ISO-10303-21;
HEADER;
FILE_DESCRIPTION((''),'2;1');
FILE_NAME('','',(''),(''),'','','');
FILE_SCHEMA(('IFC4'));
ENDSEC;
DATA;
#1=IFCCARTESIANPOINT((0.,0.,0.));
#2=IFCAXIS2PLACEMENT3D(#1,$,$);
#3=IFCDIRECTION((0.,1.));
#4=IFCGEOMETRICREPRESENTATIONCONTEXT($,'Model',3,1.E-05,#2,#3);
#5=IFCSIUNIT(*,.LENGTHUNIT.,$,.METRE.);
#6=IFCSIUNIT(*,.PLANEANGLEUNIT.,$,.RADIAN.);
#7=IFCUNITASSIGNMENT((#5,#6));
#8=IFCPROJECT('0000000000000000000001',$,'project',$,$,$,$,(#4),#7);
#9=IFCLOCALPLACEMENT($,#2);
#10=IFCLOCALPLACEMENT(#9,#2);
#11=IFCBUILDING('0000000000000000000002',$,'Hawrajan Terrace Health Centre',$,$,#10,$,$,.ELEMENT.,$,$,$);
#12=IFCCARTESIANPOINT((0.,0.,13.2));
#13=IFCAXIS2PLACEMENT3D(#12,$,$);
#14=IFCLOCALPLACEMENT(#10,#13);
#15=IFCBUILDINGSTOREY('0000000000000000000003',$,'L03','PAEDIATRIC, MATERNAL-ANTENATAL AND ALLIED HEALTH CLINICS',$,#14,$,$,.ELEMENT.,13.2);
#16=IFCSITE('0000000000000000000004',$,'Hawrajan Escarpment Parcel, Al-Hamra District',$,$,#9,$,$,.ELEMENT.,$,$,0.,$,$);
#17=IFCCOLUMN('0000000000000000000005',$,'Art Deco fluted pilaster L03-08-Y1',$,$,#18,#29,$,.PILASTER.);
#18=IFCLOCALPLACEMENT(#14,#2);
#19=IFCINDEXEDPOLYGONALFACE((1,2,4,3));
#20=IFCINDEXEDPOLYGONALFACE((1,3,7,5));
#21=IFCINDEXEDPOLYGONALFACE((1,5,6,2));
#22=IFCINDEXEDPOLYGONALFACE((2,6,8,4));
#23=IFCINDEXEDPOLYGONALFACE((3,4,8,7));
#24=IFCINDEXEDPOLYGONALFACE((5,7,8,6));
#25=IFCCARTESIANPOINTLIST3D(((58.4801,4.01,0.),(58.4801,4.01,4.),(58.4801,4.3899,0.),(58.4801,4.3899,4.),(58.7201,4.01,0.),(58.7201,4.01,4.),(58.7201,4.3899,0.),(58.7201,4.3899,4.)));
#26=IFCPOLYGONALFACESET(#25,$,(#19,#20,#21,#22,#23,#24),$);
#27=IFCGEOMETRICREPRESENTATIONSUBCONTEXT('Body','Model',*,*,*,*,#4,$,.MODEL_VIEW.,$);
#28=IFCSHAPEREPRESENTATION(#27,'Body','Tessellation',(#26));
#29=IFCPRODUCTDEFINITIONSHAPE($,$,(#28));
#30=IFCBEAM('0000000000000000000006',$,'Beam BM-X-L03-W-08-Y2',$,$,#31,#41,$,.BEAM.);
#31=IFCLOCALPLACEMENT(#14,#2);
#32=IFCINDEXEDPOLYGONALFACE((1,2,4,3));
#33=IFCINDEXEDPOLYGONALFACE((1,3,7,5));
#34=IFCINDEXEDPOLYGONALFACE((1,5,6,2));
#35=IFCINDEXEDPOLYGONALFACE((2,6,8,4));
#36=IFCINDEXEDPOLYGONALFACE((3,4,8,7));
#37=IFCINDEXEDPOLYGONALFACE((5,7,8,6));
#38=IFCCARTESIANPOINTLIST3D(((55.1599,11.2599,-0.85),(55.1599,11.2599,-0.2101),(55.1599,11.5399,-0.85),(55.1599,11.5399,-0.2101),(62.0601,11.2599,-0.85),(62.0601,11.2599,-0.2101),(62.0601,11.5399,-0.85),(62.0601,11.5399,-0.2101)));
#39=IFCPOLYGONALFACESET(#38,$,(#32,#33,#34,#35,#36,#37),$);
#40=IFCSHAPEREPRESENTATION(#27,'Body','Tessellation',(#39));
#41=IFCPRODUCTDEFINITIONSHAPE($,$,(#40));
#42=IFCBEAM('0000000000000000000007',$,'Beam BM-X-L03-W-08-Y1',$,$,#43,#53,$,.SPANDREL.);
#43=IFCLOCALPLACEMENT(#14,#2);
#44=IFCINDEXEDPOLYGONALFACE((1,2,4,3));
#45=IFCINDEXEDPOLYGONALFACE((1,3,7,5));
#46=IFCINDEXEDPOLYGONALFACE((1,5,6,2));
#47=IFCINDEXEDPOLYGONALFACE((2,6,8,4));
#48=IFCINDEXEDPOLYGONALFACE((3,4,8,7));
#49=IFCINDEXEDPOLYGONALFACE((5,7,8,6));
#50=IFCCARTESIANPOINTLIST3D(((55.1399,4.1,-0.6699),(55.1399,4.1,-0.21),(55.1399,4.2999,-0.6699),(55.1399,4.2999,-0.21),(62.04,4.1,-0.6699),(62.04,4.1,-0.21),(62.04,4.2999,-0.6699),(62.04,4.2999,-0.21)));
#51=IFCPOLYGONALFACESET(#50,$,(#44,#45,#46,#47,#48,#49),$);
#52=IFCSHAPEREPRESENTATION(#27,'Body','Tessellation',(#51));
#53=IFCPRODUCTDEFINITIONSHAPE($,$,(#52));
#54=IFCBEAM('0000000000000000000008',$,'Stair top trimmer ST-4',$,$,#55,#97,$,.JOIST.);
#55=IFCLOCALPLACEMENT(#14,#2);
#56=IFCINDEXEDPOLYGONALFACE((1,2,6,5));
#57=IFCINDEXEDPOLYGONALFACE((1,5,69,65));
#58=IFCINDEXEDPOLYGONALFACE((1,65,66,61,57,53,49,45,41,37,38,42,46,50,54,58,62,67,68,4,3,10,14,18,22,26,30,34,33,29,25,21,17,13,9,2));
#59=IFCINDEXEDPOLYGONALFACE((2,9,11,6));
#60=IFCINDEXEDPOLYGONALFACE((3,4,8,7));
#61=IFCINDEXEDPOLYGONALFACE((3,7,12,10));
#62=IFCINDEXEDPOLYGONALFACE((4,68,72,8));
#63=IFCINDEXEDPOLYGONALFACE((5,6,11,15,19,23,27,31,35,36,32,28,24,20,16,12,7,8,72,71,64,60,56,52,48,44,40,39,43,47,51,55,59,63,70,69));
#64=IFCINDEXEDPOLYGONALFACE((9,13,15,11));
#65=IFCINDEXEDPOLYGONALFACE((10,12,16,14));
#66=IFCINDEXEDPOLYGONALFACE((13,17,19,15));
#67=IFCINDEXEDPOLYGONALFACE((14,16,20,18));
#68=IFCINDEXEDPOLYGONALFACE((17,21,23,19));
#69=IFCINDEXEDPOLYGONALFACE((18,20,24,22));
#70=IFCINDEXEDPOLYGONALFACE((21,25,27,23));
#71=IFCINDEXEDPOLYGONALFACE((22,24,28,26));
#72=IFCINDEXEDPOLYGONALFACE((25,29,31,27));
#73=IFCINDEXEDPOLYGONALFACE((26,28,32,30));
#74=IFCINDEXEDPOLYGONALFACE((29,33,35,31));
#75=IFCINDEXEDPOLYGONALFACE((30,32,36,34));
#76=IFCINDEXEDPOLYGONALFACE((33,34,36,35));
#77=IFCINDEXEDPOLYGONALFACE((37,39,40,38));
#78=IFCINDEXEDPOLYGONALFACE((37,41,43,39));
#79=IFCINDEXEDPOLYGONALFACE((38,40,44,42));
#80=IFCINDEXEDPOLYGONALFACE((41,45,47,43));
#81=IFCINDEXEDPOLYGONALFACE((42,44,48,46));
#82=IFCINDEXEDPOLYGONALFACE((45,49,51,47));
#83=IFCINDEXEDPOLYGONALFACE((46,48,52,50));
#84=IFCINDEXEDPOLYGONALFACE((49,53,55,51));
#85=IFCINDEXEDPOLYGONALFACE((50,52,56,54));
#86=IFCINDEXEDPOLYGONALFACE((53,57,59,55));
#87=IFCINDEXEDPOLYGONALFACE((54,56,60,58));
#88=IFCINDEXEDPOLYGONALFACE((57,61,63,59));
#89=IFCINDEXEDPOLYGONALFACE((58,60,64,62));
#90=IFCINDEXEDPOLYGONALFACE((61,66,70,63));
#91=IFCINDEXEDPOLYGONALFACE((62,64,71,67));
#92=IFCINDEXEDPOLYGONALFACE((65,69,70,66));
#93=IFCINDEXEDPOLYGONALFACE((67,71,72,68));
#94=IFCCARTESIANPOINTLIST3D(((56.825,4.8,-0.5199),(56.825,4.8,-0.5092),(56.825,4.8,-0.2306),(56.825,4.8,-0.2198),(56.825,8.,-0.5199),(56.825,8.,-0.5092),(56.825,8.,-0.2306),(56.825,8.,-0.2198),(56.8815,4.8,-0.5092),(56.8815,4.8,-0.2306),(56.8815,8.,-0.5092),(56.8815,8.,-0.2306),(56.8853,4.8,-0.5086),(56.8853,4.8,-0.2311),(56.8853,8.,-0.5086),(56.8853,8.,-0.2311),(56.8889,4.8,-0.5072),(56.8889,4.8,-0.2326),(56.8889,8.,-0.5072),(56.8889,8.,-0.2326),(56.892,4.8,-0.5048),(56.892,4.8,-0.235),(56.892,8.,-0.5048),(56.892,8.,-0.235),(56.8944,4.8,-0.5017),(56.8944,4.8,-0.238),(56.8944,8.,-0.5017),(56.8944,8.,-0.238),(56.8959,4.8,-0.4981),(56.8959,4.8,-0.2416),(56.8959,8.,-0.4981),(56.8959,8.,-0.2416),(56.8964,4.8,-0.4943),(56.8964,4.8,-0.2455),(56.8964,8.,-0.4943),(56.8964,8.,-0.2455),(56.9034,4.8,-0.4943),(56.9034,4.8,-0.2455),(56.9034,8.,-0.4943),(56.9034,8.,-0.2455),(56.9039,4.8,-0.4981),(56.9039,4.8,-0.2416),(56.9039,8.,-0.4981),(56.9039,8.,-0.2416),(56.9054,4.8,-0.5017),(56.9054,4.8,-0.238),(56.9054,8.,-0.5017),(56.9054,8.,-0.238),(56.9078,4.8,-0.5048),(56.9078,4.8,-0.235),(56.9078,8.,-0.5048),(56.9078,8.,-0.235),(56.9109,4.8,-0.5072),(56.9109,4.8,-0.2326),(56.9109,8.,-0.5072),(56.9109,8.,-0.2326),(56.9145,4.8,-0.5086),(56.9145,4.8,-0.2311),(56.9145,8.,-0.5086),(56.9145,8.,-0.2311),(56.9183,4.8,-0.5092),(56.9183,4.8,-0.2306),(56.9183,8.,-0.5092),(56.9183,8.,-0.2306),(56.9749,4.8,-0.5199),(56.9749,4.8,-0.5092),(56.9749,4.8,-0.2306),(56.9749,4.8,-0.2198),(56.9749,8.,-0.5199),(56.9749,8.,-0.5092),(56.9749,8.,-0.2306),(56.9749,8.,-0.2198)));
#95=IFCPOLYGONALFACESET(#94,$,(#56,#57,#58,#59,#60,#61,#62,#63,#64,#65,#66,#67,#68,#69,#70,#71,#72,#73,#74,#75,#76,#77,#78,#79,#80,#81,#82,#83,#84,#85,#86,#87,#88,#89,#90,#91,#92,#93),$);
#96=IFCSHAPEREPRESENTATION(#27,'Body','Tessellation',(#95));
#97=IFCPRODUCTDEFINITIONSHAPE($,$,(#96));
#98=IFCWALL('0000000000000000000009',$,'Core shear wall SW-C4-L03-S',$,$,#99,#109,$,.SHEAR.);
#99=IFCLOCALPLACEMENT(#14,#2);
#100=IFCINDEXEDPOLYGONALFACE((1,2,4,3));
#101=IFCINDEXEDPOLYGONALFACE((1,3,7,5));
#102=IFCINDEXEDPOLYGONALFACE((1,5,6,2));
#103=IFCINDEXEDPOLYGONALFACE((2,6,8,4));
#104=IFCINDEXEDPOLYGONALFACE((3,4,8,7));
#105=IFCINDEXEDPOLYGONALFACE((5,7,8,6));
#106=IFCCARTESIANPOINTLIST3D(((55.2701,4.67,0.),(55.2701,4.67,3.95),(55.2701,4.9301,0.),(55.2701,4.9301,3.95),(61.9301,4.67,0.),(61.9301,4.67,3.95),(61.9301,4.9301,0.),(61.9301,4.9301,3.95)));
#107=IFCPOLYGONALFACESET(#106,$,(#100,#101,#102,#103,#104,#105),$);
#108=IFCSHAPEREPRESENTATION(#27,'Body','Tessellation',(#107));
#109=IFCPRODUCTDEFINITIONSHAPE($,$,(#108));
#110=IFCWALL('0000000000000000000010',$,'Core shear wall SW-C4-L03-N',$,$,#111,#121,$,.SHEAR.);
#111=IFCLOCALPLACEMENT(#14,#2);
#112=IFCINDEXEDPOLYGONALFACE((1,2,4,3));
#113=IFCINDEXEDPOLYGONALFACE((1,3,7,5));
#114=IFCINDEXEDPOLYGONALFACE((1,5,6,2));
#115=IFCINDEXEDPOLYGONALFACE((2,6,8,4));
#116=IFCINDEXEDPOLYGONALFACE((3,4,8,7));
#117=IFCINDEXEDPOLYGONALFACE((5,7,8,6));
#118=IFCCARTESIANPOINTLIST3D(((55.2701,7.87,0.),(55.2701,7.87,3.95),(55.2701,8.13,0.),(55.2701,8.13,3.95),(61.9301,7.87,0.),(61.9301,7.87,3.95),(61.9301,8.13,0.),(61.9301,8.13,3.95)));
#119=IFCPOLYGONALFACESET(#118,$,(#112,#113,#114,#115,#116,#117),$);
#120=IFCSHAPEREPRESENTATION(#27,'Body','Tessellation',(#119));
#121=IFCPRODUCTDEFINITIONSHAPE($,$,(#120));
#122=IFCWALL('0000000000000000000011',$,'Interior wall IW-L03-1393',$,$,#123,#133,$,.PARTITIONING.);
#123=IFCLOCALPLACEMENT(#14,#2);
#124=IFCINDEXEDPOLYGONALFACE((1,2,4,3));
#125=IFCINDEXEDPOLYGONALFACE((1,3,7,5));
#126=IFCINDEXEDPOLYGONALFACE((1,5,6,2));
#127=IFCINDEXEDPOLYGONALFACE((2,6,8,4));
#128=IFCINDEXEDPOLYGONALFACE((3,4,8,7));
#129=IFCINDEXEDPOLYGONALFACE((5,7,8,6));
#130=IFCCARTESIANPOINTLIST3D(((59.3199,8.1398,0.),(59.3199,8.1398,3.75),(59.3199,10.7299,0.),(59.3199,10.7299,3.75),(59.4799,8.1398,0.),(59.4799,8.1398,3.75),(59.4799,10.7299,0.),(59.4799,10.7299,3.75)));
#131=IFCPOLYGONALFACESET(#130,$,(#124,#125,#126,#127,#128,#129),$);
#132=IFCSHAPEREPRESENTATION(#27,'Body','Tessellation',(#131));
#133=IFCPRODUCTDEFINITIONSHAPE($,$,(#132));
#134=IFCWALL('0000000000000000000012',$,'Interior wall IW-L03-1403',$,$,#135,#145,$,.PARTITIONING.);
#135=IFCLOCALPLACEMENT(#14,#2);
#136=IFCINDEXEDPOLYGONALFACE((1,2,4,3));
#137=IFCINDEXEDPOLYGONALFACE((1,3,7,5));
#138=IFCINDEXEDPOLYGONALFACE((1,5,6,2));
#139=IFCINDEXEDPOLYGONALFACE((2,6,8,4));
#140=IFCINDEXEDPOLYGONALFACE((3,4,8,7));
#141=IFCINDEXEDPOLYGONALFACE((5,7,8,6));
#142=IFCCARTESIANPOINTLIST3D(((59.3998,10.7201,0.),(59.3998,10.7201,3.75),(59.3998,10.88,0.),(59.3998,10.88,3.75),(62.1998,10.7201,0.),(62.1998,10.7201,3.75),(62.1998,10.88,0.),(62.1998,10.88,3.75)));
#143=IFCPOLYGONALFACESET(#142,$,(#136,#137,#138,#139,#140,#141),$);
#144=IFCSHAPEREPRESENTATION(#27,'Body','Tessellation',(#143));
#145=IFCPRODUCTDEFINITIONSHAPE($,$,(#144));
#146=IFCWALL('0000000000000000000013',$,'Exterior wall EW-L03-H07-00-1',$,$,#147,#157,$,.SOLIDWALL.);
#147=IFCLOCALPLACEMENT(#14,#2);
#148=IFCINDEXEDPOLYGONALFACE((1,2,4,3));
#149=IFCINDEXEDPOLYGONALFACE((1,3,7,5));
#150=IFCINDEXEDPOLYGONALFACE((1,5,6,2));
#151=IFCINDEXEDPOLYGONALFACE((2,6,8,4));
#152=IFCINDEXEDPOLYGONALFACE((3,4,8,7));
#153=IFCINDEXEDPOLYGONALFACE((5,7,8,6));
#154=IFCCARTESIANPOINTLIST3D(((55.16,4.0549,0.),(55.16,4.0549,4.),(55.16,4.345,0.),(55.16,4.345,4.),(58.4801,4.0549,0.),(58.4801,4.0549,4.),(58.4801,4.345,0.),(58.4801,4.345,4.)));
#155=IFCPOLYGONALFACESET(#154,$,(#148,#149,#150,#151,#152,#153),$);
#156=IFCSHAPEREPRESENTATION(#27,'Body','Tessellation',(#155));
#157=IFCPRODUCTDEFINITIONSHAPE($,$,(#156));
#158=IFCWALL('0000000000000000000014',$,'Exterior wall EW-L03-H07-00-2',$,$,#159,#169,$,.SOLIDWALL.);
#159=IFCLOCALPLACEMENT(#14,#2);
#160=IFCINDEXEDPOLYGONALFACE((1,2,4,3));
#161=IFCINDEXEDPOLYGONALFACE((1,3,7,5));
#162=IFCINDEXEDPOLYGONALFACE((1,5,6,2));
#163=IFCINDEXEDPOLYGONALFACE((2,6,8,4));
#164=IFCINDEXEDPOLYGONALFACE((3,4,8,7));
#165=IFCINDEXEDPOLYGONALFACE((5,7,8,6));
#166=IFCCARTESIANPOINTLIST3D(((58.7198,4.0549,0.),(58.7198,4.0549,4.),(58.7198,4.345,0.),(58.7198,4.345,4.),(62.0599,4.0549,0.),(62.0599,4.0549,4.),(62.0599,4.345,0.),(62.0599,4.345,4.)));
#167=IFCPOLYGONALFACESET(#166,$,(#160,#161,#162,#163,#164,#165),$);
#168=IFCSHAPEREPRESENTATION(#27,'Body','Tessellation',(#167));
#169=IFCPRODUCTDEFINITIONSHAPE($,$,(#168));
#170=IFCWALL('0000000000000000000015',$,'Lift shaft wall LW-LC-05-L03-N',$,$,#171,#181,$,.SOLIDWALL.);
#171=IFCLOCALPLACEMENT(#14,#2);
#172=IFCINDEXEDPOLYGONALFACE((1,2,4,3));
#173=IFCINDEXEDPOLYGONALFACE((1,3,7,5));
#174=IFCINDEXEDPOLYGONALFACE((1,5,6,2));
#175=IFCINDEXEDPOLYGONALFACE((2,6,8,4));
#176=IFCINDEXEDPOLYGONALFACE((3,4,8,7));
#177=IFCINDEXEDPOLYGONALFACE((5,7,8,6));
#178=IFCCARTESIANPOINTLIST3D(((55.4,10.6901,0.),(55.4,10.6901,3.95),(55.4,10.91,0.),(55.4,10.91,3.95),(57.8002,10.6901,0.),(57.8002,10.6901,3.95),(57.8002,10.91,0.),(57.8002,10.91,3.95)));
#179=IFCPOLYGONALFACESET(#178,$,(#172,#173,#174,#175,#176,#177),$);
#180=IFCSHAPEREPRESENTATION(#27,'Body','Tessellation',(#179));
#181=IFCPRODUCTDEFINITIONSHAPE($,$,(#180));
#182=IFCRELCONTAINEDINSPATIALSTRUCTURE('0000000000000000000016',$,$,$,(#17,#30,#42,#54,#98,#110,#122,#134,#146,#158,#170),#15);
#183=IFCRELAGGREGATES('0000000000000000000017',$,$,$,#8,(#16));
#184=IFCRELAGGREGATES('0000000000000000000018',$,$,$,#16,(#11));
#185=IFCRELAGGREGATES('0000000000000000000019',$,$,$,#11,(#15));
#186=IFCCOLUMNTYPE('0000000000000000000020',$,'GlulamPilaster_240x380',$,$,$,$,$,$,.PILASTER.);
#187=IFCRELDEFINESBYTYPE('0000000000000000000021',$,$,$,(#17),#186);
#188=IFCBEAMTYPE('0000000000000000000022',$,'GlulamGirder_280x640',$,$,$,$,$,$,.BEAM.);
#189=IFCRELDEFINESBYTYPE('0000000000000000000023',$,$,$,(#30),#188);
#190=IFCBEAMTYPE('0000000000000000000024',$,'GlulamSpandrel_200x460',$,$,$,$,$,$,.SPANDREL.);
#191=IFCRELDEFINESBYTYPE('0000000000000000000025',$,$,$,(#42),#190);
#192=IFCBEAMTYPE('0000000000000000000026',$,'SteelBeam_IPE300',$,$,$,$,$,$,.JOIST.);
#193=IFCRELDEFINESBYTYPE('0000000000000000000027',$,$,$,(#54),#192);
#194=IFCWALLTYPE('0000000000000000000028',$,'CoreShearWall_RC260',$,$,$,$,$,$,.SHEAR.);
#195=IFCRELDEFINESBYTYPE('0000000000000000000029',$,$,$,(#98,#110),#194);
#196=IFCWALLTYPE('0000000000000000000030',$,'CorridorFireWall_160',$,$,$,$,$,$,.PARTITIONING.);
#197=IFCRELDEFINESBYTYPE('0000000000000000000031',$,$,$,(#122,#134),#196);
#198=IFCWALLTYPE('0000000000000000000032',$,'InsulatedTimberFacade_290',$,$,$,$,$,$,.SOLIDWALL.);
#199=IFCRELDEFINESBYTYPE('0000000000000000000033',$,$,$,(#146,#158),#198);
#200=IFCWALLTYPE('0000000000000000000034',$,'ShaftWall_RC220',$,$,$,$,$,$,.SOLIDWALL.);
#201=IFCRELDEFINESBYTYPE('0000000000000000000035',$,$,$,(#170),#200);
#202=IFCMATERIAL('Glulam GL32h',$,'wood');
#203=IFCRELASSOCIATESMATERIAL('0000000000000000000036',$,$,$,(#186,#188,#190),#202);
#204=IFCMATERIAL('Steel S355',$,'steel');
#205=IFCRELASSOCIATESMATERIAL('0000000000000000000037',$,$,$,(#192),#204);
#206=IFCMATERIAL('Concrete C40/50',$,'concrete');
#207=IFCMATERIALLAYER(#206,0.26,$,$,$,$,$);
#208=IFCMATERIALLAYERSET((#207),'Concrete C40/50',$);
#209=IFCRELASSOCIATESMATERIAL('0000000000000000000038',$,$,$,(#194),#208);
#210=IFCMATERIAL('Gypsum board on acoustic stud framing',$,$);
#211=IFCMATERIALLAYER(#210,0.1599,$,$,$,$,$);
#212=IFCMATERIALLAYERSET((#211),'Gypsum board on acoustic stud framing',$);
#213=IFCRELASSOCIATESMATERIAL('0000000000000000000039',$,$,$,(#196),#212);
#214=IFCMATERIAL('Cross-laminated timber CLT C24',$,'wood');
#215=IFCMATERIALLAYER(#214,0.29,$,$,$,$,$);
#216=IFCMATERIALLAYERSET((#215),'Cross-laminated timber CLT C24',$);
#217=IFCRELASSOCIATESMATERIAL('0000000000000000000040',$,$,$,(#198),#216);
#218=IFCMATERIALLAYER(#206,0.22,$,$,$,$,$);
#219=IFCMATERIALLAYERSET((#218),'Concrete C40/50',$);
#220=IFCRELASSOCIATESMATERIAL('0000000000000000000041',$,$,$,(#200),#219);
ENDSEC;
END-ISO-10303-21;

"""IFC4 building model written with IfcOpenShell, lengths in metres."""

from ifc_helpers import new_model, si_unit, direction, frame, frame_2d, origin, origin_2d, place, context, subcontext, project, spatial, rectangle, i_section, extrude, material, layer, layer_set, material_profile, profile_set, type_object, element, save


model = new_model("IFC4")

# Units and contexts
model_context = context("Model", 3, precision=1e-05, world=origin(), true_north=direction((0.0, 1.0)))
body_context = subcontext(model_context, "Body", "Model", "MODEL_VIEW")
ifc_project = project(units=[si_unit("LENGTHUNIT", "METRE"), si_unit("PLANEANGLEUNIT", "RADIAN")], contexts=[model_context])

# Site, building, storey
site_placement = place(None, origin())
site = spatial("IfcSite", under=ifc_project, at=site_placement, Name="Hawrajan Escarpment Parcel, Al-Hamra District", CompositionType="ELEMENT", RefElevation=0.0)
building_placement = place(site_placement, origin())
building = spatial("IfcBuilding", under=site, at=building_placement, Name="Hawrajan Terrace Health Centre", CompositionType="ELEMENT")
storey_placement = place(building_placement, frame((0.0, 0.0, 13.2)))
storey = spatial("IfcBuildingStorey", under=building, at=storey_placement, Name="L03", Description="PAEDIATRIC, MATERNAL-ANTENATAL AND ALLIED HEALTH CLINICS", CompositionType="ELEMENT", Elevation=13.2)

# Column
ifc_material_1 = material(Name="Glulam GL32h", Category="wood")
ifc_material_profile_1 = material_profile(ifc_material_1, rectangle(XDim=0.24, YDim=0.3799, at=origin_2d()), Name="GL PIL 240x380")
ifc_profile_set_1 = profile_set([ifc_material_profile_1], Name="Glulam GL32h")
column_type = type_object("IfcColumnType", Name="GlulamPilaster_240x380", PredefinedType="PILASTER", material=ifc_profile_set_1)
column_placement = place(storey_placement, frame((58.6001, 4.2, 0.0), z_axis=(0.0, 0.0, 1.0), x_axis=(1.0, 0.0, 0.0)))
element("IfcColumn", 1, at=column_placement, inside=storey, type_object=column_type, Name="Art Deco fluted pilaster L03-08-Y1", PredefinedType="PILASTER", context=body_context, shape_type="SweptSolid", body=[
    extrude(rectangle(XDim=0.24, YDim=0.3799, at=origin_2d()), origin(), (0.0, 0.0, 1.0), 4.0),
])

# Beams
ifc_material_profile_2 = material_profile(ifc_material_1, rectangle(XDim=0.28, YDim=0.6399, at=origin_2d()), Name="GL BM 280x640")
ifc_profile_set_2 = profile_set([ifc_material_profile_2], Name="Glulam GL32h")
beam_type_1 = type_object("IfcBeamType", Name="GlulamGirder_280x640", PredefinedType="BEAM", material=ifc_profile_set_2)
beam_1_placement = place(storey_placement, frame((55.1599, 11.3999, -0.53), z_axis=(1.0, 0.0, 0.0), x_axis=(0.0, 1.0, 0.0)))
element("IfcBeam", 2, at=beam_1_placement, inside=storey, type_object=beam_type_1, Name="Beam BM-X-L03-W-08-Y2", PredefinedType="BEAM", context=body_context, shape_type="SweptSolid", body=[
    extrude(rectangle(XDim=0.28, YDim=0.6399, at=origin_2d()), origin(), (0.0, 0.0, 1.0), 6.9001),
])
ifc_material_profile_3 = material_profile(ifc_material_1, rectangle(XDim=0.2, YDim=0.46, at=origin_2d()), Name="GL SP 200x460")
ifc_profile_set_3 = profile_set([ifc_material_profile_3], Name="Glulam GL32h")
beam_type_2 = type_object("IfcBeamType", Name="GlulamSpandrel_200x460", PredefinedType="SPANDREL", material=ifc_profile_set_3)
beam_2_placement = place(storey_placement, frame((55.1399, 4.2, -0.4399), z_axis=(1.0, 0.0, 0.0), x_axis=(0.0, 1.0, 0.0)))
element("IfcBeam", 3, at=beam_2_placement, inside=storey, type_object=beam_type_2, Name="Beam BM-X-L03-W-08-Y1", PredefinedType="SPANDREL", context=body_context, shape_type="SweptSolid", body=[
    extrude(rectangle(XDim=0.2, YDim=0.46, at=origin_2d()), origin(), (0.0, 0.0, 1.0), 6.9001),
])
ifc_material_2 = material(Name="Steel S355", Category="steel")
ifc_material_profile_4 = material_profile(ifc_material_2, i_section(OverallWidth=0.1499, OverallDepth=0.3, WebThickness=0.0071, FlangeThickness=0.0107, FilletRadius=0.0149, at=origin_2d()), Name="IPE 300")
ifc_profile_set_4 = profile_set([ifc_material_profile_4], Name="Steel S355")
beam_type_3 = type_object("IfcBeamType", Name="SteelBeam_IPE300", PredefinedType="JOIST", material=ifc_profile_set_4)
beam_3_placement = place(storey_placement, frame((56.8999, 4.8, -0.3699), z_axis=(0.0, 1.0, 0.0), x_axis=(-1.0, 0.0, 0.0)))
element("IfcBeam", 4, at=beam_3_placement, inside=storey, type_object=beam_type_3, Name="Stair top trimmer ST-4", PredefinedType="JOIST", context=body_context, shape_type="SweptSolid", body=[
    extrude(i_section(OverallWidth=0.1499, OverallDepth=0.3, WebThickness=0.0071, FlangeThickness=0.0107, FilletRadius=0.0149, at=origin_2d()), origin(), (0.0, 0.0, 1.0), 3.2),
])

# Walls
ifc_material_3 = material(Name="Concrete C40/50", Category="concrete")
ifc_layer_1 = layer(ifc_material_3, 0.26)
ifc_layer_set_1 = layer_set([ifc_layer_1], Name="Concrete C40/50")
wall_type_1 = type_object("IfcWallType", Name="CoreShearWall_RC260", PredefinedType="SHEAR", material=ifc_layer_set_1)
for number, where, z_axis, x_axis, name in (
    (5, (55.27, 4.8, 0.0), (0.0, 0.0, 1.0), (1.0, 0.0, 0.0), "Core shear wall SW-C4-L03-S"),
    (6, (55.27, 8.0, 0.0), (0.0, 0.0, 1.0), (1.0, 0.0, 0.0), "Core shear wall SW-C4-L03-N"),
):
    element("IfcWall", number, at=place(storey_placement, frame(where, z_axis=z_axis, x_axis=x_axis)), inside=storey, type_object=wall_type_1, Name=name, PredefinedType="SHEAR", context=body_context, shape_type="SweptSolid", body=[
        extrude(rectangle(XDim=6.6599, YDim=0.26, at=frame_2d((3.3301, 0.0))), origin(), (0.0, 0.0, 1.0), 3.95),
    ])

# Walls
ifc_material_4 = material(Name="Gypsum board on acoustic stud framing")
ifc_layer_2 = layer(ifc_material_4, 0.1599)
ifc_layer_set_2 = layer_set([ifc_layer_2], Name="Gypsum board on acoustic stud framing")
wall_type_2 = type_object("IfcWallType", Name="CorridorFireWall_160", PredefinedType="PARTITIONING", material=ifc_layer_set_2)
wall_1_placement = place(storey_placement, frame((59.3999, 8.1399, 0.0), z_axis=(0.0, 0.0, 1.0), x_axis=(0.0, 1.0, 0.0)))
element("IfcWall", 7, at=wall_1_placement, inside=storey, type_object=wall_type_2, Name="Interior wall IW-L03-1393", PredefinedType="PARTITIONING", context=body_context, shape_type="SweptSolid", body=[
    extrude(rectangle(XDim=2.5901, YDim=0.1599, at=frame_2d((1.2949, 0.0))), origin(), (0.0, 0.0, 1.0), 3.75),
])
wall_2_placement = place(storey_placement, frame((59.3999, 10.8, 0.0), z_axis=(0.0, 0.0, 1.0), x_axis=(1.0, 0.0, 0.0)))
element("IfcWall", 8, at=wall_2_placement, inside=storey, type_object=wall_type_2, Name="Interior wall IW-L03-1403", PredefinedType="PARTITIONING", context=body_context, shape_type="SweptSolid", body=[
    extrude(rectangle(XDim=2.8, YDim=0.1599, at=frame_2d((1.3999, 0.0))), origin(), (0.0, 0.0, 1.0), 3.75),
])
ifc_material_5 = material(Name="Cross-laminated timber CLT C24", Category="wood")
ifc_layer_3 = layer(ifc_material_5, 0.29)
ifc_layer_set_3 = layer_set([ifc_layer_3], Name="Cross-laminated timber CLT C24")
wall_type_3 = type_object("IfcWallType", Name="InsulatedTimberFacade_290", PredefinedType="SOLIDWALL", material=ifc_layer_set_3)
wall_3_placement = place(storey_placement, frame((55.1599, 4.2, 0.0), z_axis=(0.0, 0.0, 1.0), x_axis=(1.0, 0.0, 0.0)))
element("IfcWall", 9, at=wall_3_placement, inside=storey, type_object=wall_type_3, Name="Exterior wall EW-L03-H07-00-1", PredefinedType="SOLIDWALL", context=body_context, shape_type="SweptSolid", body=[
    extrude(rectangle(XDim=3.3201, YDim=0.29, at=frame_2d((1.6602, 0.0))), origin(), (0.0, 0.0, 1.0), 4.0),
])
wall_4_placement = place(storey_placement, frame((58.72, 4.2, 0.0), z_axis=(0.0, 0.0, 1.0), x_axis=(1.0, 0.0, 0.0)))
element("IfcWall", 10, at=wall_4_placement, inside=storey, type_object=wall_type_3, Name="Exterior wall EW-L03-H07-00-2", PredefinedType="SOLIDWALL", context=body_context, shape_type="SweptSolid", body=[
    extrude(rectangle(XDim=3.3401, YDim=0.29, at=frame_2d((1.6699, 0.0))), origin(), (0.0, 0.0, 1.0), 4.0),
])
ifc_layer_4 = layer(ifc_material_3, 0.22)
ifc_layer_set_4 = layer_set([ifc_layer_4], Name="Concrete C40/50")
wall_type_4 = type_object("IfcWallType", Name="ShaftWall_RC220", PredefinedType="SOLIDWALL", material=ifc_layer_set_4)
wall_5_placement = place(storey_placement, frame((55.3999, 10.8, 0.0), z_axis=(0.0, 0.0, 1.0), x_axis=(1.0, 0.0, 0.0)))
element("IfcWall", 11, at=wall_5_placement, inside=storey, type_object=wall_type_4, Name="Lift shaft wall LW-LC-05-L03-N", PredefinedType="SOLIDWALL", context=body_context, shape_type="SweptSolid", body=[
    extrude(rectangle(XDim=2.4001, YDim=0.22, at=frame_2d((1.2002, 0.0))), origin(), (0.0, 0.0, 1.0), 3.95),
])

save(model, "model.ifc")
